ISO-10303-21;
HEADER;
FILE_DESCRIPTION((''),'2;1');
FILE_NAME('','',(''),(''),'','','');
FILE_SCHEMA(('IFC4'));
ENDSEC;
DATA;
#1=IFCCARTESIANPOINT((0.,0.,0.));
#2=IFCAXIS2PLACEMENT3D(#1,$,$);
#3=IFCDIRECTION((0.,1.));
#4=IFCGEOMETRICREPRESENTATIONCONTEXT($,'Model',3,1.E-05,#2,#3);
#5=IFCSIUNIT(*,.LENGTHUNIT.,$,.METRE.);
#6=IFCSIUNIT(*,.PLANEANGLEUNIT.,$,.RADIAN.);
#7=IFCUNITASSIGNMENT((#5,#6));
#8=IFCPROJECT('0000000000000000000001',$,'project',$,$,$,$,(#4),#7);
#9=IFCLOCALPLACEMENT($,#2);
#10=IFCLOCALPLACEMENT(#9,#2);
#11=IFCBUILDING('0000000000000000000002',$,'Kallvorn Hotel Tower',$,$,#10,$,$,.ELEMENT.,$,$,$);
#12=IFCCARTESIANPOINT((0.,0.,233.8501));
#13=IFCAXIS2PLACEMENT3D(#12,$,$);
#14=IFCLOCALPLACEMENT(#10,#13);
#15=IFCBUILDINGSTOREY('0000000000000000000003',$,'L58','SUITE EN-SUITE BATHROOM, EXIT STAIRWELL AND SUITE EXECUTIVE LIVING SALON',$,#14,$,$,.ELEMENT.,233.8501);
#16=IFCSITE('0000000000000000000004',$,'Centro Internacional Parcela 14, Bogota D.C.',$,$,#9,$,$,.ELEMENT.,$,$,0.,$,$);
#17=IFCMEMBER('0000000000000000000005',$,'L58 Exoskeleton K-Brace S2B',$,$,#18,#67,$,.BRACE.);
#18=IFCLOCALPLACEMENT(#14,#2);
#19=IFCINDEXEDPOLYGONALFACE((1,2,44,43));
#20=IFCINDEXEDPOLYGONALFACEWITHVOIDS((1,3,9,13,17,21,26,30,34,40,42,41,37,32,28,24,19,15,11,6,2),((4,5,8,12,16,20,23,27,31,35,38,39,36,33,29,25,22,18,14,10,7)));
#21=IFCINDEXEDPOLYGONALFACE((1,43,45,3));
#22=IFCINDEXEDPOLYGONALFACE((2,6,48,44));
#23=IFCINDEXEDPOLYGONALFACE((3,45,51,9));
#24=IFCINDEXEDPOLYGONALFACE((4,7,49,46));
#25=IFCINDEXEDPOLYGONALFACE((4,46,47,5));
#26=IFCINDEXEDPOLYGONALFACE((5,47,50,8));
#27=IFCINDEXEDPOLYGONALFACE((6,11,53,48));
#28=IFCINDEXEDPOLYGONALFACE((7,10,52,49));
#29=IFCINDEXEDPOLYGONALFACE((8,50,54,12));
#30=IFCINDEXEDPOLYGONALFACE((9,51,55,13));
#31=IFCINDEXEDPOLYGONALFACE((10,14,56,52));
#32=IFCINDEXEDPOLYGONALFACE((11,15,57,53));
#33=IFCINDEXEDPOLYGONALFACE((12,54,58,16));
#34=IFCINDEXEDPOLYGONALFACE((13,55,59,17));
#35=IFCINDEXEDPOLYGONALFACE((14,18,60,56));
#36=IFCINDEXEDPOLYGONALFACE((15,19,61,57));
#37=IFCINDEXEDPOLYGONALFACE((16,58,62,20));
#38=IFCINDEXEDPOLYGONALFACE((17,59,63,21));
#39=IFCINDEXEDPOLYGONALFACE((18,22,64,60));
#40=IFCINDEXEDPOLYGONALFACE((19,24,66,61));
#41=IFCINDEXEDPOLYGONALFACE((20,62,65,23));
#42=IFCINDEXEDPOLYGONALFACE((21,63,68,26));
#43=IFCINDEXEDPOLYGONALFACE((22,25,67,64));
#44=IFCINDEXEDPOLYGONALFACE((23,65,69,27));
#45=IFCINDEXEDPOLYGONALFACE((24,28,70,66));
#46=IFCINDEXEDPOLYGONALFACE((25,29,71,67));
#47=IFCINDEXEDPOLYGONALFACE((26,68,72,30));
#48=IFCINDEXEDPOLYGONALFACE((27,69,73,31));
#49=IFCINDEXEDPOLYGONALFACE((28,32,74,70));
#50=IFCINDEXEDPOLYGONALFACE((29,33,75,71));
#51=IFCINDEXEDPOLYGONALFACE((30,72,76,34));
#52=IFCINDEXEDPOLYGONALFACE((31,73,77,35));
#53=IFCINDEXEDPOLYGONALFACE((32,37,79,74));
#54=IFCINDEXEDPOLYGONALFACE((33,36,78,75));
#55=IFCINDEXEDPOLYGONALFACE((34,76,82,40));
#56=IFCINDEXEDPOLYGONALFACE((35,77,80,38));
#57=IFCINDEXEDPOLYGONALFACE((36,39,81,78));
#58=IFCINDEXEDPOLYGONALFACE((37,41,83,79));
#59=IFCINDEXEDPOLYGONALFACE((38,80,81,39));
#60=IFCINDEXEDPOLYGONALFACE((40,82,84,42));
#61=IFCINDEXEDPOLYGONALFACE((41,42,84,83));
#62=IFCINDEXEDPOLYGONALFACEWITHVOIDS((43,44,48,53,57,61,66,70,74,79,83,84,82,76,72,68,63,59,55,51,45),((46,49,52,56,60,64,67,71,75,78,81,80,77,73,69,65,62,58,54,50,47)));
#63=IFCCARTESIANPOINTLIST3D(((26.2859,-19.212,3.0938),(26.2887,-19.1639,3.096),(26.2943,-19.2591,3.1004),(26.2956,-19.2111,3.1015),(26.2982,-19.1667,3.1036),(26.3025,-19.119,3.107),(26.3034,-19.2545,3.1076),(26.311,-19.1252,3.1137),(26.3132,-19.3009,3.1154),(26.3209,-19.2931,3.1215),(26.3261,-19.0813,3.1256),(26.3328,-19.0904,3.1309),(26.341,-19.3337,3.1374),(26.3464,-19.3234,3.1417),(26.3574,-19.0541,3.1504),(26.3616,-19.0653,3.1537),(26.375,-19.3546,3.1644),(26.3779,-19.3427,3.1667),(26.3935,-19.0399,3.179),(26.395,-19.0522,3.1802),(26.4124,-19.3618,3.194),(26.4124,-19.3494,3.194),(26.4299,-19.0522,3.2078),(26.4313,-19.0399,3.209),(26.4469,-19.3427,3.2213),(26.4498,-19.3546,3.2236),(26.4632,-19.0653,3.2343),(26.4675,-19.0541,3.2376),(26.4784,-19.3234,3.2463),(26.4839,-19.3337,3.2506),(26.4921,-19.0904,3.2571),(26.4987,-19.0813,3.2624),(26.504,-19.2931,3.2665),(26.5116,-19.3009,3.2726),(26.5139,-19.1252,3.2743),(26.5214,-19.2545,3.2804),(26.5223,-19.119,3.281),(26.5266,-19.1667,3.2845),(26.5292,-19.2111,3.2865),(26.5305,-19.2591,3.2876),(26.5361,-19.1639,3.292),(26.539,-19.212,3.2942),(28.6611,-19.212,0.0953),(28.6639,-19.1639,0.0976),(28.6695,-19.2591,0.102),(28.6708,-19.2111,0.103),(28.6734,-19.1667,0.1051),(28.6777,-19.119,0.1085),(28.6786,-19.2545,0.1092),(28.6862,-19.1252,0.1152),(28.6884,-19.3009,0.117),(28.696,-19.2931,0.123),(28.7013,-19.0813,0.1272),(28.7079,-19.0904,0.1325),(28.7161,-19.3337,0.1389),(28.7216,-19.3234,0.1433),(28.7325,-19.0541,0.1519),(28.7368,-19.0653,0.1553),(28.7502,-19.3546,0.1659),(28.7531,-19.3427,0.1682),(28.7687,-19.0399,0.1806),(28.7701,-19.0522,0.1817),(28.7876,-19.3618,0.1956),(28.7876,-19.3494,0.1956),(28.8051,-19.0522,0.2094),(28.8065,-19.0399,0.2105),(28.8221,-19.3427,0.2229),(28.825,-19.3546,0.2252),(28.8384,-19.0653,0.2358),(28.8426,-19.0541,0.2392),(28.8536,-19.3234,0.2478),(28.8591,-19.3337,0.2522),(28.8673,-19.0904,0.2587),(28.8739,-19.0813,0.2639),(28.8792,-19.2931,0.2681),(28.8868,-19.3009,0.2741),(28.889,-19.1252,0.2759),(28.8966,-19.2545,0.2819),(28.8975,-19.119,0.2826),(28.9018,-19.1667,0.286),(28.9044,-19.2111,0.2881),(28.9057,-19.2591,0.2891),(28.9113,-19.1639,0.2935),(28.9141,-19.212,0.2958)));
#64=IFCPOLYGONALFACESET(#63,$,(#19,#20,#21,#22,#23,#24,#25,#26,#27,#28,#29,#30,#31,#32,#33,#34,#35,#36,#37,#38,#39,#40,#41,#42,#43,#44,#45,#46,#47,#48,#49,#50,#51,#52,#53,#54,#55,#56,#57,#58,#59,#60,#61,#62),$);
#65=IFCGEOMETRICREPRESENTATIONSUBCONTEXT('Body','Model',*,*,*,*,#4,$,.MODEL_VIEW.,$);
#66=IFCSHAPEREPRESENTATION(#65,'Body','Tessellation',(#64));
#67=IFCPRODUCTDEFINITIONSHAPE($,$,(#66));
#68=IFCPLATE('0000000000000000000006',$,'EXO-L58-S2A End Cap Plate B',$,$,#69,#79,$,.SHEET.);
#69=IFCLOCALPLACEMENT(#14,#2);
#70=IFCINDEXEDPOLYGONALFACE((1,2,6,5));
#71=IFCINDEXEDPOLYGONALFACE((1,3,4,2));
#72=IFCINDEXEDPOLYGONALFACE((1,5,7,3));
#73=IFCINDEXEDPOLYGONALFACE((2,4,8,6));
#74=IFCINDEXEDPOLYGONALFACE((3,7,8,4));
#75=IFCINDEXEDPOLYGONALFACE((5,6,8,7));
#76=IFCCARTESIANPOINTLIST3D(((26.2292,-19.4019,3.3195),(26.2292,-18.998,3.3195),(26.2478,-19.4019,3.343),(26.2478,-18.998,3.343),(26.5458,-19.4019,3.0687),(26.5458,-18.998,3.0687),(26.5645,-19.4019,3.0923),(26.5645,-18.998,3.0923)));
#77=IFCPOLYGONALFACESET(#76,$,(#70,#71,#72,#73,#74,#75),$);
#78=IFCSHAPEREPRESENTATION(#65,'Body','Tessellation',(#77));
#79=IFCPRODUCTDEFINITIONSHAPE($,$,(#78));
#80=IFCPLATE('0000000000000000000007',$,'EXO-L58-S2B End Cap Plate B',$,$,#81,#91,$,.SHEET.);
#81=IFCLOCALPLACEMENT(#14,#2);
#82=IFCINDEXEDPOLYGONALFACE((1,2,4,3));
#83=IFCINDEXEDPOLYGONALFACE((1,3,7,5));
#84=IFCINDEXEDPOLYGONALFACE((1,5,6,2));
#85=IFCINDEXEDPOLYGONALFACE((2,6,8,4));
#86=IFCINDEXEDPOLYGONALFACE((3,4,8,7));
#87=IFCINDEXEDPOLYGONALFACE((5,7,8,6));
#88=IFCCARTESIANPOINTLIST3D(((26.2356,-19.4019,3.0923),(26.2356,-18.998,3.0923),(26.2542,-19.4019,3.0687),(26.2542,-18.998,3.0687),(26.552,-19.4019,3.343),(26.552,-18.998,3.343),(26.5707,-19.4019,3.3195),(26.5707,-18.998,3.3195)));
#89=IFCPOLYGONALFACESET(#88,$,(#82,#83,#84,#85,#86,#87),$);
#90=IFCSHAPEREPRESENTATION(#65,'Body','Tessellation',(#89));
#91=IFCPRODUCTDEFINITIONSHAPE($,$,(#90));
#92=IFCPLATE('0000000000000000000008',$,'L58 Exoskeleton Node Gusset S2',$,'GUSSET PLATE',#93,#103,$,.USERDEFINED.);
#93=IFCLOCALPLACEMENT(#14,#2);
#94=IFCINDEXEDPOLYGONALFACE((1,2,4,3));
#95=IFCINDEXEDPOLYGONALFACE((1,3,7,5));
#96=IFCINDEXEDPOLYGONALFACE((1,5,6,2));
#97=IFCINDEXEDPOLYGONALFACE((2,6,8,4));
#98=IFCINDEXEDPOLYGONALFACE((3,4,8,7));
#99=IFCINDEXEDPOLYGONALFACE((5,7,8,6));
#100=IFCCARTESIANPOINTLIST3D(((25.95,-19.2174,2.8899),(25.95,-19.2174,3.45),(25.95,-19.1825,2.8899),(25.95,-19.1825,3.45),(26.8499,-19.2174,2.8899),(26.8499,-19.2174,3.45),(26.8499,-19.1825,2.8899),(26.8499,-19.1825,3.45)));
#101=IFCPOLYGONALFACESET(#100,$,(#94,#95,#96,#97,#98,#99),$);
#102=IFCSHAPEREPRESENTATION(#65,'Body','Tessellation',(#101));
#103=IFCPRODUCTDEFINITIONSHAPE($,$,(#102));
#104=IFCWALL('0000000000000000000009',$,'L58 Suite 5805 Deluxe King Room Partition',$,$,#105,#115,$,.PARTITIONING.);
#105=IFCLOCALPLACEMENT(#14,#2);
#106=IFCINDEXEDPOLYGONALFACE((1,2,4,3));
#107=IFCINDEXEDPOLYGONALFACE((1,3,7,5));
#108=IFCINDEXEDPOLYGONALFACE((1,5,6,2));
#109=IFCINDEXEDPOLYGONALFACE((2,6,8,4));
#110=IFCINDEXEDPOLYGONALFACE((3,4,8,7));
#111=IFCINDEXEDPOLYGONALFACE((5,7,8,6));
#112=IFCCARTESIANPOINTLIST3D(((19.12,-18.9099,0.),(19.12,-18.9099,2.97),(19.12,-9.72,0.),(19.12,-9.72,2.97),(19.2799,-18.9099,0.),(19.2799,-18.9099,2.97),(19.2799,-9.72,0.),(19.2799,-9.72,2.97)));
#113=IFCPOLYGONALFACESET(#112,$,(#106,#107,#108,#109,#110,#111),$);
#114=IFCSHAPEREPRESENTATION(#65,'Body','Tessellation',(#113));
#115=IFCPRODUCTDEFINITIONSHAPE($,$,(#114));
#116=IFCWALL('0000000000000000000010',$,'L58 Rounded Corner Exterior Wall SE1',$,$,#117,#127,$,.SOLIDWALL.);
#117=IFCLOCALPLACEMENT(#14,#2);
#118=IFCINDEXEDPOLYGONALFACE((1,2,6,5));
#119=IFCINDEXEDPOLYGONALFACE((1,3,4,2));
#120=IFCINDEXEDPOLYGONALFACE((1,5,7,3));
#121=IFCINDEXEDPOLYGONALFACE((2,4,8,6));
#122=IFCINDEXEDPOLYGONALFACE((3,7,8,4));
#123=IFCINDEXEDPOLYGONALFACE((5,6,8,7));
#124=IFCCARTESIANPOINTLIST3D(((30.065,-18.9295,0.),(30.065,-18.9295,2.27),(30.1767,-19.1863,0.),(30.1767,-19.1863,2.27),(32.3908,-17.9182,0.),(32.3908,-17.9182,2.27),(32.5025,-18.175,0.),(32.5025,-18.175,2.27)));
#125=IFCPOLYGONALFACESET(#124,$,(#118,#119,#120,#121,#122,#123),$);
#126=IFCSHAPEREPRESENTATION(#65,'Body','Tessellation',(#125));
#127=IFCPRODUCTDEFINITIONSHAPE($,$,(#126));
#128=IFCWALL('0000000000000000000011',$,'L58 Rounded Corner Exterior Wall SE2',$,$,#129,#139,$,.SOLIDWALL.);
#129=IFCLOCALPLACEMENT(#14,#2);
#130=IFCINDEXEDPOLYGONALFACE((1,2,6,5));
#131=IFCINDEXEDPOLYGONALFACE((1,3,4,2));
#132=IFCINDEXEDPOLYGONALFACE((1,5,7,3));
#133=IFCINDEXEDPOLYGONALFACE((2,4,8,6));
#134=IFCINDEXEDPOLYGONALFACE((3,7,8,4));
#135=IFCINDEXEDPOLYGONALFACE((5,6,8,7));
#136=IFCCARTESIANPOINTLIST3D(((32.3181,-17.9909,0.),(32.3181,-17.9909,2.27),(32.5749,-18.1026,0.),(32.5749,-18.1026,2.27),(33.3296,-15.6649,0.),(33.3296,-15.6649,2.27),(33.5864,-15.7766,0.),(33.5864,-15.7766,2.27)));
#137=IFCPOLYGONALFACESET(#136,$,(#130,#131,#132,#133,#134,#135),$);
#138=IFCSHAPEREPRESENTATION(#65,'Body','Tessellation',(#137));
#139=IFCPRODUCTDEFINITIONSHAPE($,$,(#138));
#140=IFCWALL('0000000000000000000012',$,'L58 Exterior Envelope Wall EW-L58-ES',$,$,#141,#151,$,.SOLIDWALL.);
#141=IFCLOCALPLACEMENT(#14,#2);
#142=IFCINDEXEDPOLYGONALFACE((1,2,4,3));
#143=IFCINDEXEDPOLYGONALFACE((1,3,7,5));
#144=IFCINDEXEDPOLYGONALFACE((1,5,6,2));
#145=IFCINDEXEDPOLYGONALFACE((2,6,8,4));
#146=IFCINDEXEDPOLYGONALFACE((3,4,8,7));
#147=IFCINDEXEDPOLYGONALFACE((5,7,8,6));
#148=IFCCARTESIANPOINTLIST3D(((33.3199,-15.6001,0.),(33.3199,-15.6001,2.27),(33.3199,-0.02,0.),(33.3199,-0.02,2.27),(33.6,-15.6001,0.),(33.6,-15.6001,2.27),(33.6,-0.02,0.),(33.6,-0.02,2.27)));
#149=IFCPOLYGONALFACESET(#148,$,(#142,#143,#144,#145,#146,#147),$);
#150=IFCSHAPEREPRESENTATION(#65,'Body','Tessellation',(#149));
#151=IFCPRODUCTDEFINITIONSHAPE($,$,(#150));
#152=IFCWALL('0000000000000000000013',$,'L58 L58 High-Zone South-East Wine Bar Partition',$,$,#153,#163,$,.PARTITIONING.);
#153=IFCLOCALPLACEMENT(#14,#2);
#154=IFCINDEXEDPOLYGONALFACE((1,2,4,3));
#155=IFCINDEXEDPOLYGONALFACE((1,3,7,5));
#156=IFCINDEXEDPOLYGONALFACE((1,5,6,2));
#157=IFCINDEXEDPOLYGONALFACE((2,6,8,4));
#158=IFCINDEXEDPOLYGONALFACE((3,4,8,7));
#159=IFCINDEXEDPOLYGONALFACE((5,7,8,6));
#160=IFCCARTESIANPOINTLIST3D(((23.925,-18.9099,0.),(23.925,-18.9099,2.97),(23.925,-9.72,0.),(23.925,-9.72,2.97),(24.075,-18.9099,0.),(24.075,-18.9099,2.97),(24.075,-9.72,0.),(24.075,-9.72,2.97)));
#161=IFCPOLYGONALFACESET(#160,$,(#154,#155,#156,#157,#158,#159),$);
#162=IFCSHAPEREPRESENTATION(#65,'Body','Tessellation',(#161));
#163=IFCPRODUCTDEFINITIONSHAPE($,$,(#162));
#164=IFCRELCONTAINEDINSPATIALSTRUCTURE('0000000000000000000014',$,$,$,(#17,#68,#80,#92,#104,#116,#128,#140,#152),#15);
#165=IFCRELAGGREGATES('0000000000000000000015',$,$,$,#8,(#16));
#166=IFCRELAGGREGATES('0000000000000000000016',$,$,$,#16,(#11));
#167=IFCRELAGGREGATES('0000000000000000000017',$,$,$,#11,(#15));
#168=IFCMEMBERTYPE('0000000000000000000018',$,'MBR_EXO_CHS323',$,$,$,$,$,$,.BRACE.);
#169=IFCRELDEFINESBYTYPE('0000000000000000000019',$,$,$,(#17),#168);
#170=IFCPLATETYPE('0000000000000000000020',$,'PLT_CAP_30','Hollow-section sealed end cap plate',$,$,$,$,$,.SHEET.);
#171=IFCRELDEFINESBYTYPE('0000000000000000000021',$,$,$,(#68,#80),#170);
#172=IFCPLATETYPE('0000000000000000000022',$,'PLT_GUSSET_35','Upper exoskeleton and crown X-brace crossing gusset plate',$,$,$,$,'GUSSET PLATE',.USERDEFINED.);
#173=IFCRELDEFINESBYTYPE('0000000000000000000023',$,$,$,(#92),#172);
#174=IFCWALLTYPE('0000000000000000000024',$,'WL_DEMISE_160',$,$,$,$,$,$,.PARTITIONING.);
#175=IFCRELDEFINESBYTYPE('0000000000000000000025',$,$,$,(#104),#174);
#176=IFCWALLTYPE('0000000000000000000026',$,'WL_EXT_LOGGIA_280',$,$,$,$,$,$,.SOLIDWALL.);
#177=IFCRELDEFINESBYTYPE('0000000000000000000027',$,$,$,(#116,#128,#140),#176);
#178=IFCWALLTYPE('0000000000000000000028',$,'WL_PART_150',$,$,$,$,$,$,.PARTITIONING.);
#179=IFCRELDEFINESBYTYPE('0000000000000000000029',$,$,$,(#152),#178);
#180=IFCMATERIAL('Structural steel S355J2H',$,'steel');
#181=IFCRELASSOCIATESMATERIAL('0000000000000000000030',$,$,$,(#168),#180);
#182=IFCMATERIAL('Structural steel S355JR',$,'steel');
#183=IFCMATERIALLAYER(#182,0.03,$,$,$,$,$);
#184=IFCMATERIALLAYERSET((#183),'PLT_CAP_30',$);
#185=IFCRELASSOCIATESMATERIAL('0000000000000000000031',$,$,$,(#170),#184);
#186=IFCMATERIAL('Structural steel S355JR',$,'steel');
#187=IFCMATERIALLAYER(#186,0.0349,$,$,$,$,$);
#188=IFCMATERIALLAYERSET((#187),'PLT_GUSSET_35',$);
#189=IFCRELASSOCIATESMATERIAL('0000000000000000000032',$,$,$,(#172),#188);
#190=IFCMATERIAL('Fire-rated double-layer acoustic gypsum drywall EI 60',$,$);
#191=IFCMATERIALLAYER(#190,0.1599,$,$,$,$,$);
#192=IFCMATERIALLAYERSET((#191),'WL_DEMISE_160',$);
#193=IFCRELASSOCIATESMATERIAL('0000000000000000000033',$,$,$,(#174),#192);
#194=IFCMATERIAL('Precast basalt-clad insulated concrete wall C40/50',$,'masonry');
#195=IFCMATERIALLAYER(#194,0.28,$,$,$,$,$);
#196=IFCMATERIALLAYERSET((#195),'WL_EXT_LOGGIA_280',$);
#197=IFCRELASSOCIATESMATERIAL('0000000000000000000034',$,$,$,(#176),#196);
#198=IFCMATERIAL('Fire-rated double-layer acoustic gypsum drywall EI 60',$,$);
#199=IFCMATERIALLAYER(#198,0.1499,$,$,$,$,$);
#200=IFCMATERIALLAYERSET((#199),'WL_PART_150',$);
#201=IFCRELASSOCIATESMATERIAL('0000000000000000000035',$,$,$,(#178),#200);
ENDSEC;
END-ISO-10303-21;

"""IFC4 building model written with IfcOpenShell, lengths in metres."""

from ifc_helpers import new_model, si_unit, direction, frame, frame_2d, origin, origin_2d, place, context, subcontext, project, spatial, polyline, rectangle, hollow_circle, outline, extrude, material, layer, layer_set, material_profile, profile_set, type_object, element, save


model = new_model("IFC4")

# Units and contexts
model_context = context("Model", 3, precision=1e-05, world=origin(), true_north=direction((0.0, 1.0)))
body_context = subcontext(model_context, "Body", "Model", "MODEL_VIEW")
ifc_project = project(units=[si_unit("LENGTHUNIT", "METRE"), si_unit("PLANEANGLEUNIT", "RADIAN")], contexts=[model_context])

# Site, building, storey
site_placement = place(None, origin())
site = spatial("IfcSite", under=ifc_project, at=site_placement, Name="Centro Internacional Parcela 14, Bogota D.C.", CompositionType="ELEMENT", RefElevation=0.0)
building_placement = place(site_placement, origin())
building = spatial("IfcBuilding", under=site, at=building_placement, Name="Kallvorn Hotel Tower", CompositionType="ELEMENT")
storey_placement = place(building_placement, frame((0.0, 0.0, 233.8501)))
storey = spatial("IfcBuildingStorey", under=building, at=storey_placement, Name="L58", Description="SUITE EN-SUITE BATHROOM, EXIT STAIRWELL AND SUITE EXECUTIVE LIVING SALON", CompositionType="ELEMENT", Elevation=233.8501)

# Member
ifc_material_1 = material(Name="Structural steel S355J2H", Category="steel")
ifc_material_profile_1 = material_profile(ifc_material_1, hollow_circle(Radius=0.1619, WallThickness=0.0125, at=origin_2d()), Name="CHS 323.9x12.5")
ifc_profile_set_1 = profile_set([ifc_material_profile_1], Name="Structural steel S355J2H")
member_type = type_object("IfcMemberType", Name="MBR_EXO_CHS323", PredefinedType="BRACE", material=ifc_profile_set_1)
for number, where, z_axis, x_axis, name in (
    (1, (28.7876, -19.2, 0.1956), (-0.620929, 0.0, 0.783867), (0.0, -1.0, 0.0), "L58 Exoskeleton K-Brace S2B"),
):
    element("IfcMember", number, at=place(storey_placement, frame(where, z_axis=z_axis, x_axis=x_axis)), inside=storey, type_object=member_type, Name=name, PredefinedType="BRACE", context=body_context, shape_type="SweptSolid", body=[
        extrude(hollow_circle(Radius=0.1619, WallThickness=0.0125, at=origin_2d()), origin(), (0.0, 0.0, 1.0), 3.8252),
    ])

# Plates
ifc_material_2 = material(Name="Structural steel S355JR", Category="steel")
ifc_layer_1 = layer(ifc_material_2, 0.03)
ifc_layer_set_1 = layer_set([ifc_layer_1], Name="PLT_CAP_30")
plate_type_1 = type_object("IfcPlateType", Name="PLT_CAP_30", Description="Hollow-section sealed end cap plate", PredefinedType="SHEET", material=ifc_layer_set_1)
plate_1_placement = place(storey_placement, frame((26.5645, -19.4019, 3.0923), z_axis=(0.62078, 0.0, 0.783985), x_axis=(0.0, 1.0, 0.0)))
element("IfcPlate", 2, at=plate_1_placement, inside=storey, type_object=plate_type_1, Name="EXO-L58-S2A End Cap Plate B", PredefinedType="SHEET", context=body_context, shape_type="SweptSolid", body=[
    extrude(outline(polyline([(0.0, 0.0), (0.4038, 0.0), (0.4038, 0.4039), (0.0, 0.4039), (0.0, 0.0)])), origin(), (0.0, 0.0, -1.0), 0.03),
])
plate_2_placement = place(storey_placement, frame((26.2356, -18.998, 3.0923), z_axis=(-0.621075, 0.0, 0.783751), x_axis=(0.0, -1.0, 0.0)))
element("IfcPlate", 3, at=plate_2_placement, inside=storey, type_object=plate_type_1, Name="EXO-L58-S2B End Cap Plate B", PredefinedType="SHEET", context=body_context, shape_type="SweptSolid", body=[
    extrude(outline(polyline([(0.0, 0.0), (0.4038, 0.0), (0.4038, 0.4037), (0.0, 0.4037), (0.0, 0.0)])), origin(), (0.0, 0.0, -1.0), 0.03),
])
ifc_material_3 = material(Name="Structural steel S355JR", Category="steel")
ifc_layer_2 = layer(ifc_material_3, 0.0349)
ifc_layer_set_2 = layer_set([ifc_layer_2], Name="PLT_GUSSET_35")
plate_type_2 = type_object("IfcPlateType", Name="PLT_GUSSET_35", Description="Upper exoskeleton and crown X-brace crossing gusset plate", ElementType="GUSSET PLATE", PredefinedType="USERDEFINED", material=ifc_layer_set_2)
plate_3_placement = place(storey_placement, frame((26.3999, -19.2, 2.8899), z_axis=(0.0, 0.0, 1.0), x_axis=(1.0, 0.0, 0.0)))
element("IfcPlate", 4, at=plate_3_placement, inside=storey, type_object=plate_type_2, Name="L58 Exoskeleton Node Gusset S2", ObjectType="GUSSET PLATE", PredefinedType="USERDEFINED", context=body_context, shape_type="SweptSolid", body=[
    extrude(rectangle(XDim=0.8999, YDim=0.0349, at=origin_2d()), origin(), (0.0, 0.0, 1.0), 0.5601),
])

# Walls
ifc_material_4 = material(Name="Fire-rated double-layer acoustic gypsum drywall EI 60")
ifc_layer_3 = layer(ifc_material_4, 0.1599)
ifc_layer_set_3 = layer_set([ifc_layer_3], Name="WL_DEMISE_160")
wall_type_1 = type_object("IfcWallType", Name="WL_DEMISE_160", PredefinedType="PARTITIONING", material=ifc_layer_set_3)
wall_1_placement = place(storey_placement, frame((19.2, -18.9099, 0.0), z_axis=(0.0, 0.0, 1.0), x_axis=(0.0, 1.0, 0.0)))
element("IfcWall", 5, at=wall_1_placement, inside=storey, type_object=wall_type_1, Name="L58 Suite 5805 Deluxe King Room Partition", PredefinedType="PARTITIONING", context=body_context, shape_type="SweptSolid", body=[
    extrude(rectangle(XDim=9.1899, YDim=0.1599, at=frame_2d((4.595, 0.0))), origin(), (0.0, 0.0, 1.0), 2.97),
])
ifc_material_5 = material(Name="Precast basalt-clad insulated concrete wall C40/50", Category="masonry")
ifc_layer_4 = layer(ifc_material_5, 0.28)
ifc_layer_set_4 = layer_set([ifc_layer_4], Name="WL_EXT_LOGGIA_280")
wall_type_2 = type_object("IfcWallType", Name="WL_EXT_LOGGIA_280", PredefinedType="SOLIDWALL", material=ifc_layer_set_4)
wall_2_placement = place(storey_placement, frame((30.1208, -19.0579, 0.0), z_axis=(0.0, 0.0, 1.0), x_axis=(0.917061, 0.398747, 0.0)))
element("IfcWall", 6, at=wall_2_placement, inside=storey, type_object=wall_type_2, Name="L58 Rounded Corner Exterior Wall SE1", PredefinedType="SOLIDWALL", context=body_context, shape_type="SweptSolid", body=[
    extrude(rectangle(XDim=2.5361, YDim=0.28, at=frame_2d((1.2681, 0.0))), origin(), (0.0, 0.0, 1.0), 2.27),
])
wall_3_placement = place(storey_placement, frame((32.4465, -18.0466, 0.0), z_axis=(0.0, 0.0, 1.0), x_axis=(0.398793, 0.917041, 0.0)))
element("IfcWall", 7, at=wall_3_placement, inside=storey, type_object=wall_type_2, Name="L58 Rounded Corner Exterior Wall SE2", PredefinedType="SOLIDWALL", context=body_context, shape_type="SweptSolid", body=[
    extrude(rectangle(XDim=2.5364, YDim=0.28, at=frame_2d((1.2681, 0.0))), origin(), (0.0, 0.0, 1.0), 2.27),
])
wall_4_placement = place(storey_placement, frame((33.46, -15.6001, 0.0), z_axis=(0.0, 0.0, 1.0), x_axis=(0.0, 1.0, 0.0)))
element("IfcWall", 8, at=wall_4_placement, inside=storey, type_object=wall_type_2, Name="L58 Exterior Envelope Wall EW-L58-ES", PredefinedType="SOLIDWALL", context=body_context, shape_type="SweptSolid", body=[
    extrude(rectangle(XDim=15.5801, YDim=0.28, at=frame_2d((7.79, 0.0))), origin(), (0.0, 0.0, 1.0), 2.27),
])
ifc_material_6 = material(Name="Fire-rated double-layer acoustic gypsum drywall EI 60")
ifc_layer_5 = layer(ifc_material_6, 0.1499)
ifc_layer_set_5 = layer_set([ifc_layer_5], Name="WL_PART_150")
wall_type_3 = type_object("IfcWallType", Name="WL_PART_150", PredefinedType="PARTITIONING", material=ifc_layer_set_5)
wall_5_placement = place(storey_placement, frame((24.0, -18.9099, 0.0), z_axis=(0.0, 0.0, 1.0), x_axis=(0.0, 1.0, 0.0)))
element("IfcWall", 9, at=wall_5_placement, inside=storey, type_object=wall_type_3, Name="L58 L58 High-Zone South-East Wine Bar Partition", PredefinedType="PARTITIONING", context=body_context, shape_type="SweptSolid", body=[
    extrude(rectangle(XDim=9.1899, YDim=0.1499, at=frame_2d((4.595, 0.0))), origin(), (0.0, 0.0, 1.0), 2.97),
])

save(model, "model.ifc")
